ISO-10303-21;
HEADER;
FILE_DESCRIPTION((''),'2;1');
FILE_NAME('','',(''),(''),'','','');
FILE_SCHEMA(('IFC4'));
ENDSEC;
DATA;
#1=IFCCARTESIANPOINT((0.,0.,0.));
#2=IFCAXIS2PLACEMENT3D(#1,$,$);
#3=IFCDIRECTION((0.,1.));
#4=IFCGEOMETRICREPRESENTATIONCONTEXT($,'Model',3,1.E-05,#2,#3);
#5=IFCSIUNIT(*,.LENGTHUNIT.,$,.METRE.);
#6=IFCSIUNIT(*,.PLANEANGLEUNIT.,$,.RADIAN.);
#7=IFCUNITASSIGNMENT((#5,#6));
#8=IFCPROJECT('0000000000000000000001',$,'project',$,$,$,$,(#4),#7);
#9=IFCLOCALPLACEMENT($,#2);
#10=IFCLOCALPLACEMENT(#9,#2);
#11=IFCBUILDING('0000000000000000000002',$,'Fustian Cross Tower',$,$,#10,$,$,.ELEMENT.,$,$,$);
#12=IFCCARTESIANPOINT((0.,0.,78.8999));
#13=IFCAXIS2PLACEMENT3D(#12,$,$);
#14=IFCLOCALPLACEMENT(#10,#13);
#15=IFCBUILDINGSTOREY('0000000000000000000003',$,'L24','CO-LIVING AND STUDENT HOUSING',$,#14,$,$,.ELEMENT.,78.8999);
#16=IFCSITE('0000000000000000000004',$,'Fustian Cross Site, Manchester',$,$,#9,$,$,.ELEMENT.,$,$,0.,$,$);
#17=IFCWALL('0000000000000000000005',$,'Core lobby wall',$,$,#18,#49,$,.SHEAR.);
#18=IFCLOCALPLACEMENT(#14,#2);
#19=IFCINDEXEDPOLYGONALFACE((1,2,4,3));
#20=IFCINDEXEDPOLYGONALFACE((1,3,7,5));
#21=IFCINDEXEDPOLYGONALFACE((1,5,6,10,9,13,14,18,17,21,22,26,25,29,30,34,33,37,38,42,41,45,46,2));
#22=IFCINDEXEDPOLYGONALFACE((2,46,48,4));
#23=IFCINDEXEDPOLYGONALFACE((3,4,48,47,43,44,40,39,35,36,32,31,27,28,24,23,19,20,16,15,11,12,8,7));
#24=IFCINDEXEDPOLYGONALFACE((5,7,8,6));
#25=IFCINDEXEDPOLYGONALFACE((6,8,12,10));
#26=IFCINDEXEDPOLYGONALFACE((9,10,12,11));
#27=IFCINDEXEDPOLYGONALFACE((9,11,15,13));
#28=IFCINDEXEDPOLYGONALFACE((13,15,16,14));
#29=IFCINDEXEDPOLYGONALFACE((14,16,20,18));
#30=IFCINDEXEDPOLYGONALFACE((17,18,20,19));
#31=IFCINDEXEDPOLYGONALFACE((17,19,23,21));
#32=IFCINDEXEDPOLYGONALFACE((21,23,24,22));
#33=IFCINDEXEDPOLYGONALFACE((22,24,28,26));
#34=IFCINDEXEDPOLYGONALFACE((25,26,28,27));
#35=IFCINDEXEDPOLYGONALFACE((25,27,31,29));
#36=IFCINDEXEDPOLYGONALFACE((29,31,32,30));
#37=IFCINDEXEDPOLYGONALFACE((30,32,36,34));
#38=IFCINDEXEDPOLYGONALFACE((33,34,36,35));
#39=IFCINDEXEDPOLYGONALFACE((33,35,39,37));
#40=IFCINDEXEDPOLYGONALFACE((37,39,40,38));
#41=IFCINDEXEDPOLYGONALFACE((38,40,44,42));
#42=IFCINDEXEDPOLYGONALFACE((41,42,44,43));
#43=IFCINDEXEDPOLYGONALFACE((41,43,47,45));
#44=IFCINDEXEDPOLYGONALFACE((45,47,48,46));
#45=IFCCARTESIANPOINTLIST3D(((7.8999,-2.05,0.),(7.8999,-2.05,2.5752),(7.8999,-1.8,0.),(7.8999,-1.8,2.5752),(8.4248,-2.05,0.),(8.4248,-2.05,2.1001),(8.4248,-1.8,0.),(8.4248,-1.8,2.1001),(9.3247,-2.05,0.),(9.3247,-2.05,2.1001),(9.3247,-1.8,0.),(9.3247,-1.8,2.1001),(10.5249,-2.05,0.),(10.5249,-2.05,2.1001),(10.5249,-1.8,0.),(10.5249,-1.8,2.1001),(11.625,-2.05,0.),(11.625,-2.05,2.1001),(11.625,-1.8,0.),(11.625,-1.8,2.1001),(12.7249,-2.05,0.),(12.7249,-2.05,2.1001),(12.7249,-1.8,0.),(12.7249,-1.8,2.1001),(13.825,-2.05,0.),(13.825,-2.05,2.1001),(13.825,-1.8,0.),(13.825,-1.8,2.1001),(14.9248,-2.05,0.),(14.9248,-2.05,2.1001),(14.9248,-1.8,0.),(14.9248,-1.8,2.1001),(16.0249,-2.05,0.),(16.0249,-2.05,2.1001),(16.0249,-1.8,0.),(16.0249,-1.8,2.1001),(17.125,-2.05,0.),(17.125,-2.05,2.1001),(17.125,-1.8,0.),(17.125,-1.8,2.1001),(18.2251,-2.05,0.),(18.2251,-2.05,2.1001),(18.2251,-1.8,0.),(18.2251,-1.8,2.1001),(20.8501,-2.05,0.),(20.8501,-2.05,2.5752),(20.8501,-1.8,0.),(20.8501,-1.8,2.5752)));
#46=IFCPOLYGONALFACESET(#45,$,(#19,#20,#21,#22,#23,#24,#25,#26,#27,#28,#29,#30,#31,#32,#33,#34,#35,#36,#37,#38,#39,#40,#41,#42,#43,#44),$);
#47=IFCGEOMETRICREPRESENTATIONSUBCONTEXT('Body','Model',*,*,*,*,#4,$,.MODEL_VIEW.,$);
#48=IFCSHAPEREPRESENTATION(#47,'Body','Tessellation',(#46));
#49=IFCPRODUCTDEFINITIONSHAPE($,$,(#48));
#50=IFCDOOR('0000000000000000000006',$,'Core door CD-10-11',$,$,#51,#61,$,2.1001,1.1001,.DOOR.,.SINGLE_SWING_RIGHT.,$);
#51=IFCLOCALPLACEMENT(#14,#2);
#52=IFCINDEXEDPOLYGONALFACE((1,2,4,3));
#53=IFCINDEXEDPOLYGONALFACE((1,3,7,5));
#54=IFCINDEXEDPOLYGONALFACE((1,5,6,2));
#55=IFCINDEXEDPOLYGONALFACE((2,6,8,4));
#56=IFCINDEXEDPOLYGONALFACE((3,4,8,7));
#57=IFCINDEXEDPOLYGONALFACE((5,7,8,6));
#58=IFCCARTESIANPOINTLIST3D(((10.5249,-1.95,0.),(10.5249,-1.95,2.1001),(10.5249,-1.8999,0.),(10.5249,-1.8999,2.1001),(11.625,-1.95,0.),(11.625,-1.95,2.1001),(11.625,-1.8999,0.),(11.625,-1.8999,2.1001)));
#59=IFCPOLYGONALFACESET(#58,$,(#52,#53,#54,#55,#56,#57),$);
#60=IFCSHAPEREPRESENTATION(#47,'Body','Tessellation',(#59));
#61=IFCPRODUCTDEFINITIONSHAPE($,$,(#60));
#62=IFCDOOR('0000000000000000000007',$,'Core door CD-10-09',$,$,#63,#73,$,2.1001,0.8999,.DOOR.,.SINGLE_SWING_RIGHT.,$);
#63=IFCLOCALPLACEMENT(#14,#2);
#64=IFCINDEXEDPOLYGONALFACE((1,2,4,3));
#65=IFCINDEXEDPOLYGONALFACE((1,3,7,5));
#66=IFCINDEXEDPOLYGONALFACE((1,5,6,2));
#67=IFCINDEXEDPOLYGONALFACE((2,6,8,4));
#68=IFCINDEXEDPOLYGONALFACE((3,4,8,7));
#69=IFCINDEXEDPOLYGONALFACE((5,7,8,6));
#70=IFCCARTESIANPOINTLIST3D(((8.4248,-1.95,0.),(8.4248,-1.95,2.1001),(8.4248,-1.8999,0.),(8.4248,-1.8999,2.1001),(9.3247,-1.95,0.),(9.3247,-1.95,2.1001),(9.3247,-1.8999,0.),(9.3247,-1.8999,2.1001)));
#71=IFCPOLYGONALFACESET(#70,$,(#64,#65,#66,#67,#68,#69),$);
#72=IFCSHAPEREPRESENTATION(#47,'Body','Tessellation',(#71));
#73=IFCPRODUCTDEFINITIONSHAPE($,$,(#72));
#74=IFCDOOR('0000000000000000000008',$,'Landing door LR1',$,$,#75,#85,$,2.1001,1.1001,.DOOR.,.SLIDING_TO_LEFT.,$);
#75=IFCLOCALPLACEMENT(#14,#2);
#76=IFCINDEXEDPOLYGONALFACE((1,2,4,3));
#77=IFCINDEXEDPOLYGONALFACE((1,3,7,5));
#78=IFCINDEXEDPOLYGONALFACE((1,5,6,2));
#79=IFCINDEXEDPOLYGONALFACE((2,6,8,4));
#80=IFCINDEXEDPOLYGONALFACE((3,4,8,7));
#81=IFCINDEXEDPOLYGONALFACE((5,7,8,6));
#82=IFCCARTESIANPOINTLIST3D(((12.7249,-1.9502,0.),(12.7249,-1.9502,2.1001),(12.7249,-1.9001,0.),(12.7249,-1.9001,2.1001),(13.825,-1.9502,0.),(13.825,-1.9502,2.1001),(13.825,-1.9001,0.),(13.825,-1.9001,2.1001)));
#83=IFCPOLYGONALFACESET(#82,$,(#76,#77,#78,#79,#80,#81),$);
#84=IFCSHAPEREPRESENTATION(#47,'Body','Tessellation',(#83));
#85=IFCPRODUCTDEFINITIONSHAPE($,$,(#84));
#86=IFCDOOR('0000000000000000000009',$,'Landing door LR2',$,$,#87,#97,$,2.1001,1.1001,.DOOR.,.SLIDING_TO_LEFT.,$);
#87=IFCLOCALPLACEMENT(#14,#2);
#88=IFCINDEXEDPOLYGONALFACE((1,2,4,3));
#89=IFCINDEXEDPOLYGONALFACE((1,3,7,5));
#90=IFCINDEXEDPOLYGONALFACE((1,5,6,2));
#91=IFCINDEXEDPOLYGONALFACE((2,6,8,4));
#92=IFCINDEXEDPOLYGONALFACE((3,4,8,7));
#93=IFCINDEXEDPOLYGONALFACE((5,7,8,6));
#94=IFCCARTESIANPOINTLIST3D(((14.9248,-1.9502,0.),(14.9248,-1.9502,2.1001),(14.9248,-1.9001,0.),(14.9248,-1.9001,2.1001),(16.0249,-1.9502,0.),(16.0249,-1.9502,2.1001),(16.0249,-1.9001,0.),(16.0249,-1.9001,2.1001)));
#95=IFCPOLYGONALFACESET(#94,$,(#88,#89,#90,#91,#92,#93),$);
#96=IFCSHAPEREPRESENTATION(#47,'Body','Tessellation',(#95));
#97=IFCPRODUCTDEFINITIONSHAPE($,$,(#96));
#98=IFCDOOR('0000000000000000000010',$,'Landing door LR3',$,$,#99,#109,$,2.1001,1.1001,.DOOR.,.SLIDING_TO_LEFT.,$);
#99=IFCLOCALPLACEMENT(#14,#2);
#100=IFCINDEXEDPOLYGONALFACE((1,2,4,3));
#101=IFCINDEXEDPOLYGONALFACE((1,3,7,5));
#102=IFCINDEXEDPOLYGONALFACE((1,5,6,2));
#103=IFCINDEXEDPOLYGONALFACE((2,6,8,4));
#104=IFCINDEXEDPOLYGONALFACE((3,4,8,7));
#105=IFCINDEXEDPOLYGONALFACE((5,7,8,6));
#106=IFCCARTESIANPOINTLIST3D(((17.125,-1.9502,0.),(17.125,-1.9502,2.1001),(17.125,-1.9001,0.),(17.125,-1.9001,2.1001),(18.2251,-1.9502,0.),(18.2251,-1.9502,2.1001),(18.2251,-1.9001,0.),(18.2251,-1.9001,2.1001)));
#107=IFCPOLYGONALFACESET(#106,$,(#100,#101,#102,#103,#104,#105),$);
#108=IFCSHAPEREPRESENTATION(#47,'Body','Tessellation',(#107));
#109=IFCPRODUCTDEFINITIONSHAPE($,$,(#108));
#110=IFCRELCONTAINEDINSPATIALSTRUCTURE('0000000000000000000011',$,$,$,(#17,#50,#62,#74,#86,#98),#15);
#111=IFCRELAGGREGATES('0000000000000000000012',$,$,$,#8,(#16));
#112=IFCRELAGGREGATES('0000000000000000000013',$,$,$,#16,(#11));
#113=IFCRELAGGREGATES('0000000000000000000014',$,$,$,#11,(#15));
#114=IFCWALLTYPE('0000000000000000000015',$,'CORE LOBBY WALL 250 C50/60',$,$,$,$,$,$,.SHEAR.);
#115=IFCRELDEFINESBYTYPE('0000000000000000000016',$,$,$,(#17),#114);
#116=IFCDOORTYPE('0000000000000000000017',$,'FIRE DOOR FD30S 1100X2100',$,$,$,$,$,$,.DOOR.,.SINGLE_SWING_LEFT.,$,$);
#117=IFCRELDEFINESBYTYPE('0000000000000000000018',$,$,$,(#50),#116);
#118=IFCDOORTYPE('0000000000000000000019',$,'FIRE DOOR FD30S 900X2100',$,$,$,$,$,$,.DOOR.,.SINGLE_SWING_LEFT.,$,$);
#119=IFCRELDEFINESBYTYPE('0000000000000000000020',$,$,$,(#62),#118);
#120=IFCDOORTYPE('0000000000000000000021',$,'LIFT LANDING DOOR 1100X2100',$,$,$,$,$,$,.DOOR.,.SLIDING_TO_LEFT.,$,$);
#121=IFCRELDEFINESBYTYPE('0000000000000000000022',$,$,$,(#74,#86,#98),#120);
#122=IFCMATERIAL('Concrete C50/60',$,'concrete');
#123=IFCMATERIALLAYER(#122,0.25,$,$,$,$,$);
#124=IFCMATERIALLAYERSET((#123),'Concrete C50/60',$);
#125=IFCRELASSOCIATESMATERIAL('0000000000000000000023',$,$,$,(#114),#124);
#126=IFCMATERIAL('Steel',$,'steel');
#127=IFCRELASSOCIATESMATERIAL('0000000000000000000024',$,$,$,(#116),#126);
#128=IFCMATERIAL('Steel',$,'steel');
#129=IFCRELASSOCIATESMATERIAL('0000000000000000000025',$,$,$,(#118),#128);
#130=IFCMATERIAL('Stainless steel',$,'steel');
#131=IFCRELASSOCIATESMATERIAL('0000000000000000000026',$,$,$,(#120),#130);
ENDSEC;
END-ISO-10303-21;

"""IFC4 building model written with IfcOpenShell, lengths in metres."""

from ifc_helpers import new_model, si_unit, direction, frame, frame_2d, origin, place, context, subcontext, project, spatial, rectangle, extrude, material, layer, layer_set, type_object, element, fill, save


model = new_model("IFC4")

# Units and contexts
model_context = context("Model", 3, precision=1e-05, world=origin(), true_north=direction((0.0, 1.0)))
body_context = subcontext(model_context, "Body", "Model", "MODEL_VIEW")
ifc_project = project(units=[si_unit("LENGTHUNIT", "METRE"), si_unit("PLANEANGLEUNIT", "RADIAN")], contexts=[model_context])

# Site, building, storey
site_placement = place(None, origin())
site = spatial("IfcSite", under=ifc_project, at=site_placement, Name="Fustian Cross Site, Manchester", CompositionType="ELEMENT", RefElevation=0.0)
building_placement = place(site_placement, origin())
building = spatial("IfcBuilding", under=site, at=building_placement, Name="Fustian Cross Tower", CompositionType="ELEMENT")
storey_placement = place(building_placement, frame((0.0, 0.0, 78.8999)))
storey = spatial("IfcBuildingStorey", under=building, at=storey_placement, Name="L24", Description="CO-LIVING AND STUDENT HOUSING", CompositionType="ELEMENT", Elevation=78.8999)

# Wall, openings, doors
ifc_material_1 = material(Name="Concrete C50/60", Category="concrete")
ifc_layer_1 = layer(ifc_material_1, 0.25)
ifc_layer_set_1 = layer_set([ifc_layer_1], Name="Concrete C50/60")
wall_type_1 = type_object("IfcWallType", Name="CORE LOBBY WALL 250 C50/60", PredefinedType="SHEAR", material=ifc_layer_set_1)
wall_1_placement = place(storey_placement, frame((7.8999, -1.925, 0.0), z_axis=(0.0, 0.0, 1.0), x_axis=(1.0, 0.0, 0.0)))
wall_1 = element("IfcWall", 1, at=wall_1_placement, inside=storey, type_object=wall_type_1, Name="Core lobby wall", PredefinedType="SHEAR", context=body_context, shape_type="SweptSolid", body=[
    extrude(rectangle(XDim=12.9502, YDim=0.25, at=frame_2d((6.4751, 0.0))), origin(), (0.0, 0.0, 1.0), 2.5752),
])
opening_1_placement = place(wall_1_placement, frame((4.825, 0.0, 0.0)))
opening_1 = element("IfcOpeningElement", 2, at=opening_1_placement, cuts=wall_1, PredefinedType="OPENING", context=body_context, shape_type="SweptSolid", body=[
    extrude(rectangle(XDim=1.1001, YDim=2.1001, at=frame_2d((0.55, 1.05))), frame((0.0, 0.135, 0.0), z_axis=(0.0, -1.0, 0.0), x_axis=(1.0, 0.0, 0.0)), (0.0, 0.0, 1.0), 0.27),
])
opening_2_placement = place(wall_1_placement, frame((7.0249, 0.0, 0.0)))
opening_2 = element("IfcOpeningElement", 3, at=opening_2_placement, cuts=wall_1, PredefinedType="OPENING", context=body_context, shape_type="SweptSolid", body=[
    extrude(rectangle(XDim=1.1001, YDim=2.1001, at=frame_2d((0.55, 1.05))), frame((0.0, 0.135, 0.0), z_axis=(0.0, -1.0, 0.0), x_axis=(1.0, 0.0, 0.0)), (0.0, 0.0, 1.0), 0.27),
])
opening_3_placement = place(wall_1_placement, frame((9.2251, 0.0, 0.0)))
opening_3 = element("IfcOpeningElement", 4, at=opening_3_placement, cuts=wall_1, PredefinedType="OPENING", context=body_context, shape_type="SweptSolid", body=[
    extrude(rectangle(XDim=1.1001, YDim=2.1001, at=frame_2d((0.55, 1.05))), frame((0.0, 0.135, 0.0), z_axis=(0.0, -1.0, 0.0), x_axis=(1.0, 0.0, 0.0)), (0.0, 0.0, 1.0), 0.27),
])
opening_4_placement = place(wall_1_placement, frame((0.5249, 0.0, 0.0)))
opening_4 = element("IfcOpeningElement", 5, at=opening_4_placement, cuts=wall_1, PredefinedType="OPENING", context=body_context, shape_type="SweptSolid", body=[
    extrude(rectangle(XDim=0.8999, YDim=2.1001, at=frame_2d((0.45, 1.05))), frame((0.0, 0.135, 0.0), z_axis=(0.0, -1.0, 0.0), x_axis=(1.0, 0.0, 0.0)), (0.0, 0.0, 1.0), 0.27),
])
opening_5_placement = place(wall_1_placement, frame((2.625, 0.0, 0.0)))
opening_5 = element("IfcOpeningElement", 6, at=opening_5_placement, cuts=wall_1, PredefinedType="OPENING", context=body_context, shape_type="SweptSolid", body=[
    extrude(rectangle(XDim=1.1001, YDim=2.1001, at=frame_2d((0.55, 1.05))), frame((0.0, 0.135, 0.0), z_axis=(0.0, -1.0, 0.0), x_axis=(1.0, 0.0, 0.0)), (0.0, 0.0, 1.0), 0.27),
])
ifc_material_2 = material(Name="Steel", Category="steel")
door_type_1 = type_object("IfcDoorType", Name="FIRE DOOR FD30S 1100X2100", OperationType="SINGLE_SWING_LEFT", PredefinedType="DOOR", material=ifc_material_2)
door_1_placement = place(opening_5_placement, frame((1.1001, 0.0, 0.0), z_axis=(0.0, 0.0, 1.0), x_axis=(-1.0, 0.0, 0.0)))
door_1 = element("IfcDoor", 7, at=door_1_placement, inside=storey, type_object=door_type_1, Name="Core door CD-10-11", OperationType="SINGLE_SWING_RIGHT", OverallHeight=2.1001, OverallWidth=1.1001, PredefinedType="DOOR", context=body_context, shape_type="SweptSolid", body=[
    extrude(rectangle(XDim=1.1001, YDim=2.1001, at=frame_2d((0.55, 1.05))), frame((0.0, 0.0249, 0.0), z_axis=(0.0, -1.0, 0.0), x_axis=(1.0, 0.0, 0.0)), (0.0, 0.0, 1.0), 0.05),
])
fill(opening_5, door_1)
ifc_material_3 = material(Name="Steel", Category="steel")
door_type_2 = type_object("IfcDoorType", Name="FIRE DOOR FD30S 900X2100", OperationType="SINGLE_SWING_LEFT", PredefinedType="DOOR", material=ifc_material_3)
door_2_placement = place(opening_4_placement, frame((0.8999, 0.0, 0.0), z_axis=(0.0, 0.0, 1.0), x_axis=(-1.0, 0.0, 0.0)))
door_2 = element("IfcDoor", 8, at=door_2_placement, inside=storey, type_object=door_type_2, Name="Core door CD-10-09", OperationType="SINGLE_SWING_RIGHT", OverallHeight=2.1001, OverallWidth=0.8999, PredefinedType="DOOR", context=body_context, shape_type="SweptSolid", body=[
    extrude(rectangle(XDim=0.8999, YDim=2.1001, at=frame_2d((0.45, 1.05))), frame((0.0, 0.0249, 0.0), z_axis=(0.0, -1.0, 0.0), x_axis=(1.0, 0.0, 0.0)), (0.0, 0.0, 1.0), 0.05),
])
fill(opening_4, door_2)
ifc_material_4 = material(Name="Stainless steel", Category="steel")
door_type_3 = type_object("IfcDoorType", Name="LIFT LANDING DOOR 1100X2100", OperationType="SLIDING_TO_LEFT", PredefinedType="DOOR", material=ifc_material_4)
door_3_placement = place(opening_1_placement, origin())
door_3 = element("IfcDoor", 9, at=door_3_placement, inside=storey, type_object=door_type_3, Name="Landing door LR1", OperationType="SLIDING_TO_LEFT", OverallHeight=2.1001, OverallWidth=1.1001, PredefinedType="DOOR", context=body_context, shape_type="SweptSolid", body=[
    extrude(rectangle(XDim=1.1001, YDim=2.1001, at=frame_2d((0.55, 1.05))), frame((0.0, 0.0249, 0.0), z_axis=(0.0, -1.0, 0.0), x_axis=(1.0, 0.0, 0.0)), (0.0, 0.0, 1.0), 0.05),
])
fill(opening_1, door_3)
door_4_placement = place(opening_2_placement, origin())
door_4 = element("IfcDoor", 10, at=door_4_placement, inside=storey, type_object=door_type_3, Name="Landing door LR2", OperationType="SLIDING_TO_LEFT", OverallHeight=2.1001, OverallWidth=1.1001, PredefinedType="DOOR", context=body_context, shape_type="SweptSolid", body=[
    extrude(rectangle(XDim=1.1001, YDim=2.1001, at=frame_2d((0.55, 1.05))), frame((0.0, 0.0249, 0.0), z_axis=(0.0, -1.0, 0.0), x_axis=(1.0, 0.0, 0.0)), (0.0, 0.0, 1.0), 0.05),
])
fill(opening_2, door_4)
door_5_placement = place(opening_3_placement, origin())
door_5 = element("IfcDoor", 11, at=door_5_placement, inside=storey, type_object=door_type_3, Name="Landing door LR3", OperationType="SLIDING_TO_LEFT", OverallHeight=2.1001, OverallWidth=1.1001, PredefinedType="DOOR", context=body_context, shape_type="SweptSolid", body=[
    extrude(rectangle(XDim=1.1001, YDim=2.1001, at=frame_2d((0.55, 1.05))), frame((0.0, 0.0249, 0.0), z_axis=(0.0, -1.0, 0.0), x_axis=(1.0, 0.0, 0.0)), (0.0, 0.0, 1.0), 0.05),
])
fill(opening_3, door_5)

save(model, "model.ifc")
